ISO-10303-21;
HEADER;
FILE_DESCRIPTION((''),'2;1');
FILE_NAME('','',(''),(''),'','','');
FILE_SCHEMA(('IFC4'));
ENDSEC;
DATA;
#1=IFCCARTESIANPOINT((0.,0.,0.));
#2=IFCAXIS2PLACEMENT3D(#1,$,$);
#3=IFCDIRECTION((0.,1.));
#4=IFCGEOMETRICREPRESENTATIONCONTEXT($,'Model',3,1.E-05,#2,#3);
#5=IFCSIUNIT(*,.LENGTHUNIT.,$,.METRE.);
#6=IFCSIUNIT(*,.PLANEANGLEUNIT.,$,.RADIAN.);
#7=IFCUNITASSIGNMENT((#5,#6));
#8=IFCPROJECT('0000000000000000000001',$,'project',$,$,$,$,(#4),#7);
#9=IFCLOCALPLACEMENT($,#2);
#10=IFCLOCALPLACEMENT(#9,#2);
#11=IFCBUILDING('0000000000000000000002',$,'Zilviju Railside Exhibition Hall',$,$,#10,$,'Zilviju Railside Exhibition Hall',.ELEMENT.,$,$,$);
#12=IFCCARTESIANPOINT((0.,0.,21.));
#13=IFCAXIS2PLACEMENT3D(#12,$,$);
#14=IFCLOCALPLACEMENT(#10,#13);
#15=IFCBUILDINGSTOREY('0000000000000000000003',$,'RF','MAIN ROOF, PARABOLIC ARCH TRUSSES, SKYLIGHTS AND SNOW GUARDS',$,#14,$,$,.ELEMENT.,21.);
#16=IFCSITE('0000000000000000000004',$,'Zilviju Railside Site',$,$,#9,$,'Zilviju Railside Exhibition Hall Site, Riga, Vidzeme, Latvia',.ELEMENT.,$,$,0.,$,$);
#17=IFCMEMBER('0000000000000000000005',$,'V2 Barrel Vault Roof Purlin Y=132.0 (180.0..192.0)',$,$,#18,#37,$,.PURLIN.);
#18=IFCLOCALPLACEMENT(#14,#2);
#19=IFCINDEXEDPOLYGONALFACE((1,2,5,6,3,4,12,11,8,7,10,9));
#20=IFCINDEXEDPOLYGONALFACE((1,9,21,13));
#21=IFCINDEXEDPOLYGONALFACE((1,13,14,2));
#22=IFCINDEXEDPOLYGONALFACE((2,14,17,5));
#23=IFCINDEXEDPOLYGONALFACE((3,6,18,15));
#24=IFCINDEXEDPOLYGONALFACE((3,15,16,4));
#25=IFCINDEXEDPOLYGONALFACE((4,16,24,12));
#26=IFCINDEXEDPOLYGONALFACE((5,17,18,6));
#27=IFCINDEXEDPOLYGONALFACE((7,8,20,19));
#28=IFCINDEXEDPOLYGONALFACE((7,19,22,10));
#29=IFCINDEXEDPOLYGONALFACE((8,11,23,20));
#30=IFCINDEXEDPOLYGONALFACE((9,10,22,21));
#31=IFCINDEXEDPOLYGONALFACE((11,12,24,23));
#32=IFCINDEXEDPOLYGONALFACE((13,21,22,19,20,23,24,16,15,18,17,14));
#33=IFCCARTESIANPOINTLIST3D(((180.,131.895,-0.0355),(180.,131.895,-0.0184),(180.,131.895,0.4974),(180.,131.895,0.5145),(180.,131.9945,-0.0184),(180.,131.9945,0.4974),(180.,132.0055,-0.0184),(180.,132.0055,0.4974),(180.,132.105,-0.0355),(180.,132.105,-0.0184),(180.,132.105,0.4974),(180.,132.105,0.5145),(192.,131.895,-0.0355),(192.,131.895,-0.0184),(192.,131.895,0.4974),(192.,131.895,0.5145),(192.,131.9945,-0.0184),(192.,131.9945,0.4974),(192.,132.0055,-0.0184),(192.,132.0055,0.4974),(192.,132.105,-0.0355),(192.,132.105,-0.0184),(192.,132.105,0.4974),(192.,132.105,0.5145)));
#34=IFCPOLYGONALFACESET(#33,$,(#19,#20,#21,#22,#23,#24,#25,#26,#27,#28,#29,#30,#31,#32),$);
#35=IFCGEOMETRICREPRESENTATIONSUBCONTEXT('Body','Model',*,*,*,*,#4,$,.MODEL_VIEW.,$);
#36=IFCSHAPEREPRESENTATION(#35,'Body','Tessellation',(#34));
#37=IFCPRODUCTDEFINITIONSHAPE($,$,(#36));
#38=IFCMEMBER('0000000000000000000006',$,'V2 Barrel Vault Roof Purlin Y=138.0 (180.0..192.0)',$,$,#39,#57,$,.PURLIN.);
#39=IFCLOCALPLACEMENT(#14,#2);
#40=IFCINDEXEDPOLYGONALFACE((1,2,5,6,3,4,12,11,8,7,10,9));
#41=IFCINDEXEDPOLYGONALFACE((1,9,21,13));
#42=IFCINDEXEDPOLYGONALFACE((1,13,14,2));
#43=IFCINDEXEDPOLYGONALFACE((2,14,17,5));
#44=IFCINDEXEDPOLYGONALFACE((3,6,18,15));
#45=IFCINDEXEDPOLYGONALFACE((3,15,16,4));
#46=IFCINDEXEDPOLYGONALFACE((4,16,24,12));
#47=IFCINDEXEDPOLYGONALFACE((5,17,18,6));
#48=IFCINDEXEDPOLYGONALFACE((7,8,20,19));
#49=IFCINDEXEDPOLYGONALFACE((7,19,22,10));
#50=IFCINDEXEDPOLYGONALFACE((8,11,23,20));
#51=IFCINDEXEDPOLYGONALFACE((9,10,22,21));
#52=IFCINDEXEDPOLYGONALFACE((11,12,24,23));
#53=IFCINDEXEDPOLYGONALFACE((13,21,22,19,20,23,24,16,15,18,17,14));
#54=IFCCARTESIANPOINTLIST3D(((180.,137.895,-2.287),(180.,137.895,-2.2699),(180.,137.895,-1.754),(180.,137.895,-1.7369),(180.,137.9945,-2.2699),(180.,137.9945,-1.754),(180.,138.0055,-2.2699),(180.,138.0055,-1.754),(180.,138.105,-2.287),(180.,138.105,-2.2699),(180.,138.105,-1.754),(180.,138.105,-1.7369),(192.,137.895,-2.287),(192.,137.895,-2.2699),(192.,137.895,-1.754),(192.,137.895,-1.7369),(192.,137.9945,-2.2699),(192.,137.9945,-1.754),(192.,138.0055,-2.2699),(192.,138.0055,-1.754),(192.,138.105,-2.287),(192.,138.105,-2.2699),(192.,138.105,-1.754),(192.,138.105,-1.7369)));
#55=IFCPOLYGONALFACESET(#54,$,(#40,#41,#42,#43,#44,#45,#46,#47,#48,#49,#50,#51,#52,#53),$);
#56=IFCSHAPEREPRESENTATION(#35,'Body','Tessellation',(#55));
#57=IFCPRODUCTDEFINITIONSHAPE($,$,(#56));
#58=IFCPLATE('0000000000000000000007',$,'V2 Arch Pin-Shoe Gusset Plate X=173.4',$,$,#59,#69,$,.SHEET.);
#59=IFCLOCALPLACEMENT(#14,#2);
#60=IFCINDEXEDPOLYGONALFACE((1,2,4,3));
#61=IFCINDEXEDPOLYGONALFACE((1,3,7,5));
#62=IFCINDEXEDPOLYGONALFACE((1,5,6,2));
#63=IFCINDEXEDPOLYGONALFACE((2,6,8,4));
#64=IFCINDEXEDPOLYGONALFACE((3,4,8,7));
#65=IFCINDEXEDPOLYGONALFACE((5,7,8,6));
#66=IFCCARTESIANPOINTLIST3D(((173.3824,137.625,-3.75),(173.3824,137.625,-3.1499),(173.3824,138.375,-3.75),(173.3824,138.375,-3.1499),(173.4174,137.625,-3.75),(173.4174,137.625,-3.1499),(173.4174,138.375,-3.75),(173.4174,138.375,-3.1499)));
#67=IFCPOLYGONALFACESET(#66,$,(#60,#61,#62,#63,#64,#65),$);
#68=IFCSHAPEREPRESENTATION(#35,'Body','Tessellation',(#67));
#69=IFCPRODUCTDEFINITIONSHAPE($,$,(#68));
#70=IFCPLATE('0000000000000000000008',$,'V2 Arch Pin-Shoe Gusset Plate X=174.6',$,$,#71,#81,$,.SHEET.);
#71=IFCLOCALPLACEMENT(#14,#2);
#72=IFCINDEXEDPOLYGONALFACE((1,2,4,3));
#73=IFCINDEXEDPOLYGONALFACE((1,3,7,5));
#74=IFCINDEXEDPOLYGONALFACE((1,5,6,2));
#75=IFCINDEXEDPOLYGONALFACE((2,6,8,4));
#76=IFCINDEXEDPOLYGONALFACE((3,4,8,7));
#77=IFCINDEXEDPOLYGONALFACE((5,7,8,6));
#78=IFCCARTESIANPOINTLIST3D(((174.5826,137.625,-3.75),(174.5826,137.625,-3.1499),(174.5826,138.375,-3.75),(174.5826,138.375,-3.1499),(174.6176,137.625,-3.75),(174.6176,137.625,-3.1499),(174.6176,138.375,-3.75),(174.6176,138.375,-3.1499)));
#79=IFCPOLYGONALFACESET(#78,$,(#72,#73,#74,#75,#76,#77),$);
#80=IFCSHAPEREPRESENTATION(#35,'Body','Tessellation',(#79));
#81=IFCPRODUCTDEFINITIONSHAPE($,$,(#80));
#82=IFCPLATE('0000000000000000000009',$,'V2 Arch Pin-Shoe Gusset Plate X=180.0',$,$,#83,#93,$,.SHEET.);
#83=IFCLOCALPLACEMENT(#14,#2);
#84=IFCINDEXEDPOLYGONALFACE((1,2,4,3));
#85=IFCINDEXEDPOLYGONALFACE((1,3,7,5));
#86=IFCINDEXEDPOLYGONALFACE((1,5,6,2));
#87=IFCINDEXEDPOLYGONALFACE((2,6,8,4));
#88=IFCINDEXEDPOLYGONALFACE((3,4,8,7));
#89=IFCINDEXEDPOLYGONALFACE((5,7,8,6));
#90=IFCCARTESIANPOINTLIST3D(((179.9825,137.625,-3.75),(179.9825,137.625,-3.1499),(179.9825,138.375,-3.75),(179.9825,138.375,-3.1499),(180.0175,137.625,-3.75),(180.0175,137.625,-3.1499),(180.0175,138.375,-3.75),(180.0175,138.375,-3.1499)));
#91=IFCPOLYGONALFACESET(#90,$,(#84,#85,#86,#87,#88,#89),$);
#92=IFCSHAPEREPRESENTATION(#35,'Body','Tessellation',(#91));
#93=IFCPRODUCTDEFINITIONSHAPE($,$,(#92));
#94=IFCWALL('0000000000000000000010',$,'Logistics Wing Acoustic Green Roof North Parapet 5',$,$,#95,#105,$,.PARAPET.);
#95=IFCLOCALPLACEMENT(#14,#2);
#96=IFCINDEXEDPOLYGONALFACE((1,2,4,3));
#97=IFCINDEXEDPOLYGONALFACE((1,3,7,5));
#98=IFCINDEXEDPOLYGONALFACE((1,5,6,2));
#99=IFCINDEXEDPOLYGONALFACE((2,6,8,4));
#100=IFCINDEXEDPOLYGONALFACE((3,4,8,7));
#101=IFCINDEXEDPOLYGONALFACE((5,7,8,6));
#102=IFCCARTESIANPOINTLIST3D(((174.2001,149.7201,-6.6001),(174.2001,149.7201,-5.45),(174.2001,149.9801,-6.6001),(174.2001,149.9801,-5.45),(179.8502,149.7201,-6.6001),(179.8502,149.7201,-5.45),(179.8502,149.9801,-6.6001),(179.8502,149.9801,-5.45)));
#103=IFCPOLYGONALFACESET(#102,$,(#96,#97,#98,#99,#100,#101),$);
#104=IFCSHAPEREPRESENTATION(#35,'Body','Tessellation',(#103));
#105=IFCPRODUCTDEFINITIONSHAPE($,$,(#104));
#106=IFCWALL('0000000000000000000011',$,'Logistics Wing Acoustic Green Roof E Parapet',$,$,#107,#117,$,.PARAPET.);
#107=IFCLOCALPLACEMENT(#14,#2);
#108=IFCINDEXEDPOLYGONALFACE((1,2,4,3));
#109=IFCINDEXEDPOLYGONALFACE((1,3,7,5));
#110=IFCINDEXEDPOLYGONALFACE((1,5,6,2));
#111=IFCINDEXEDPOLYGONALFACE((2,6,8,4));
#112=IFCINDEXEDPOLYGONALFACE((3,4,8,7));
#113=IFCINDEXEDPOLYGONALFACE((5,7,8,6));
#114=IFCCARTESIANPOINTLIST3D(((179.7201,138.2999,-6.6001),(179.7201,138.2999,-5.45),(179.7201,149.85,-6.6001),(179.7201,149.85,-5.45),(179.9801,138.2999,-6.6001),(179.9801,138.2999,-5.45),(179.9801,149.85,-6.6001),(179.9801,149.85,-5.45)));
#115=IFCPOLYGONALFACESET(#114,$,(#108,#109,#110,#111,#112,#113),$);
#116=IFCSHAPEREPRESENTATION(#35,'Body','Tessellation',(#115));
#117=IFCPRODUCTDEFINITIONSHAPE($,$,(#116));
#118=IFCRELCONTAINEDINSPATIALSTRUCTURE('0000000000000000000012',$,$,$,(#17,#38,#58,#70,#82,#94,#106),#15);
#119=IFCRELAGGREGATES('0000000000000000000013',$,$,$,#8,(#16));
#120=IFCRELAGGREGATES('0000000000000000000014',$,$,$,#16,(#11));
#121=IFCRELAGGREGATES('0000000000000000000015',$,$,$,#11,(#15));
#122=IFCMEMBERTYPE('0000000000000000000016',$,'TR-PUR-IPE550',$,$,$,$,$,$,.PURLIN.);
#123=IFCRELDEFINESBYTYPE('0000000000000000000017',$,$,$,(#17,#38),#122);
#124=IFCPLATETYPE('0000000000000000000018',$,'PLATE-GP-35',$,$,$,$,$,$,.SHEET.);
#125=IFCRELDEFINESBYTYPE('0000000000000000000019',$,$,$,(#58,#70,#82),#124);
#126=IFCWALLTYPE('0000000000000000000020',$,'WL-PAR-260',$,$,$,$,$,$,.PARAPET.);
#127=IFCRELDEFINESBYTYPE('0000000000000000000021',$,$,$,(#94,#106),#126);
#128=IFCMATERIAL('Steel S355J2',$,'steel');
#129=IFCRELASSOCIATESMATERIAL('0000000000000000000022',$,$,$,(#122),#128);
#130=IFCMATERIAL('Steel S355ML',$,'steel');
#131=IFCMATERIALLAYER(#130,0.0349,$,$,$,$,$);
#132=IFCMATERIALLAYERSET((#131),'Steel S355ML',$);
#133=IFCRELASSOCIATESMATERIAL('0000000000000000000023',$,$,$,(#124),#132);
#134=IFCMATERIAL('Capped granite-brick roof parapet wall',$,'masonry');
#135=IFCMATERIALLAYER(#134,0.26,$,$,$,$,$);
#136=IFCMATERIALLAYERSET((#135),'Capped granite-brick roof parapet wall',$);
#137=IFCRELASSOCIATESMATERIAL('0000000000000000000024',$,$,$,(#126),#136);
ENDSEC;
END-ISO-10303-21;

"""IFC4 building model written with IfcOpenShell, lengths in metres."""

from ifc_helpers import new_model, si_unit, direction, frame, frame_2d, origin, origin_2d, place, context, subcontext, project, spatial, rectangle, i_section, extrude, material, layer, layer_set, material_profile, profile_set, type_object, element, save


model = new_model("IFC4")

# Units and contexts
model_context = context("Model", 3, precision=1e-05, world=origin(), true_north=direction((0.0, 1.0)))
body_context = subcontext(model_context, "Body", "Model", "MODEL_VIEW")
ifc_project = project(units=[si_unit("LENGTHUNIT", "METRE"), si_unit("PLANEANGLEUNIT", "RADIAN")], contexts=[model_context])

# Site, building, storey
site_placement = place(None, origin())
site = spatial("IfcSite", under=ifc_project, at=site_placement, Name="Zilviju Railside Site", LongName="Zilviju Railside Exhibition Hall Site, Riga, Vidzeme, Latvia", CompositionType="ELEMENT", RefElevation=0.0)
building_placement = place(site_placement, origin())
building = spatial("IfcBuilding", under=site, at=building_placement, Name="Zilviju Railside Exhibition Hall", LongName="Zilviju Railside Exhibition Hall", CompositionType="ELEMENT")
storey_placement = place(building_placement, frame((0.0, 0.0, 21.0)))
storey = spatial("IfcBuildingStorey", under=building, at=storey_placement, Name="RF", Description="MAIN ROOF, PARABOLIC ARCH TRUSSES, SKYLIGHTS AND SNOW GUARDS", CompositionType="ELEMENT", Elevation=21.0)

# Shared definitions
ifc_material_1 = material(Name="Steel S355J2", Category="steel")

# Members
ifc_material_profile_1 = material_profile(ifc_material_1, i_section(OverallWidth=0.21, OverallDepth=0.55, WebThickness=0.011, FlangeThickness=0.0171, at=origin_2d()), Name="IPE 550")
ifc_profile_set_1 = profile_set([ifc_material_profile_1], Name="Steel S355J2")
member_type_1 = type_object("IfcMemberType", Name="TR-PUR-IPE550", PredefinedType="PURLIN", material=ifc_profile_set_1)
for number, where, z_axis, x_axis, name in (
    (1, (180.0, 132.0, 0.2395), (1.0, 0.0, 0.0), (0.0, 1.0, 0.0), "V2 Barrel Vault Roof Purlin Y=132.0 (180.0..192.0)"),
    (2, (180.0, 138.0, -2.012), (1.0, 0.0, 0.0), (0.0, 1.0, 0.0), "V2 Barrel Vault Roof Purlin Y=138.0 (180.0..192.0)"),
):
    element("IfcMember", number, at=place(storey_placement, frame(where, z_axis=z_axis, x_axis=x_axis)), inside=storey, type_object=member_type_1, Name=name, PredefinedType="PURLIN", context=body_context, shape_type="SweptSolid", body=[
        extrude(i_section(OverallWidth=0.21, OverallDepth=0.55, WebThickness=0.011, FlangeThickness=0.0171, at=origin_2d()), origin(), (0.0, 0.0, 1.0), 12.0),
    ])

# Plates
ifc_material_2 = material(Name="Steel S355ML", Category="steel")
ifc_layer_1 = layer(ifc_material_2, 0.0349)
ifc_layer_set_1 = layer_set([ifc_layer_1], Name="Steel S355ML")
plate_type = type_object("IfcPlateType", Name="PLATE-GP-35", PredefinedType="SHEET", material=ifc_layer_set_1)
for number, where, z_axis, x_axis, name in (
    (3, (173.3999, 138.0, -3.75), (0.0, 0.0, 1.0), (1.0, 0.0, 0.0), "V2 Arch Pin-Shoe Gusset Plate X=173.4"),
    (4, (174.6001, 138.0, -3.75), (0.0, 0.0, 1.0), (1.0, 0.0, 0.0), "V2 Arch Pin-Shoe Gusset Plate X=174.6"),
    (5, (180.0, 138.0, -3.75), (0.0, 0.0, 1.0), (1.0, 0.0, 0.0), "V2 Arch Pin-Shoe Gusset Plate X=180.0"),
):
    element("IfcPlate", number, at=place(storey_placement, frame(where, z_axis=z_axis, x_axis=x_axis)), inside=storey, type_object=plate_type, Name=name, PredefinedType="SHEET", context=body_context, shape_type="SweptSolid", body=[
        extrude(rectangle(XDim=0.0349, YDim=0.75, at=origin_2d()), origin(), (0.0, 0.0, 1.0), 0.6001),
    ])

# Walls
ifc_material_3 = material(Name="Capped granite-brick roof parapet wall", Category="masonry")
ifc_layer_2 = layer(ifc_material_3, 0.26)
ifc_layer_set_2 = layer_set([ifc_layer_2], Name="Capped granite-brick roof parapet wall")
wall_type = type_object("IfcWallType", Name="WL-PAR-260", PredefinedType="PARAPET", material=ifc_layer_set_2)
wall_1_placement = place(storey_placement, frame((174.2, 149.8501, -6.6001), z_axis=(0.0, 0.0, 1.0), x_axis=(1.0, 0.0, 0.0)))
element("IfcWall", 6, at=wall_1_placement, inside=storey, type_object=wall_type, Name="Logistics Wing Acoustic Green Roof North Parapet 5", PredefinedType="PARAPET", context=body_context, shape_type="SweptSolid", body=[
    extrude(rectangle(XDim=5.6501, YDim=0.26, at=frame_2d((2.8252, 0.0))), origin(), (0.0, 0.0, 1.0), 1.1501),
])
wall_2_placement = place(storey_placement, frame((179.8501, 138.3, -6.6001), z_axis=(0.0, 0.0, 1.0), x_axis=(0.0, 1.0, 0.0)))
element("IfcWall", 7, at=wall_2_placement, inside=storey, type_object=wall_type, Name="Logistics Wing Acoustic Green Roof E Parapet", PredefinedType="PARAPET", context=body_context, shape_type="SweptSolid", body=[
    extrude(rectangle(XDim=11.55, YDim=0.26, at=frame_2d((5.7749, 0.0))), origin(), (0.0, 0.0, 1.0), 1.1501),
])

save(model, "model.ifc")
